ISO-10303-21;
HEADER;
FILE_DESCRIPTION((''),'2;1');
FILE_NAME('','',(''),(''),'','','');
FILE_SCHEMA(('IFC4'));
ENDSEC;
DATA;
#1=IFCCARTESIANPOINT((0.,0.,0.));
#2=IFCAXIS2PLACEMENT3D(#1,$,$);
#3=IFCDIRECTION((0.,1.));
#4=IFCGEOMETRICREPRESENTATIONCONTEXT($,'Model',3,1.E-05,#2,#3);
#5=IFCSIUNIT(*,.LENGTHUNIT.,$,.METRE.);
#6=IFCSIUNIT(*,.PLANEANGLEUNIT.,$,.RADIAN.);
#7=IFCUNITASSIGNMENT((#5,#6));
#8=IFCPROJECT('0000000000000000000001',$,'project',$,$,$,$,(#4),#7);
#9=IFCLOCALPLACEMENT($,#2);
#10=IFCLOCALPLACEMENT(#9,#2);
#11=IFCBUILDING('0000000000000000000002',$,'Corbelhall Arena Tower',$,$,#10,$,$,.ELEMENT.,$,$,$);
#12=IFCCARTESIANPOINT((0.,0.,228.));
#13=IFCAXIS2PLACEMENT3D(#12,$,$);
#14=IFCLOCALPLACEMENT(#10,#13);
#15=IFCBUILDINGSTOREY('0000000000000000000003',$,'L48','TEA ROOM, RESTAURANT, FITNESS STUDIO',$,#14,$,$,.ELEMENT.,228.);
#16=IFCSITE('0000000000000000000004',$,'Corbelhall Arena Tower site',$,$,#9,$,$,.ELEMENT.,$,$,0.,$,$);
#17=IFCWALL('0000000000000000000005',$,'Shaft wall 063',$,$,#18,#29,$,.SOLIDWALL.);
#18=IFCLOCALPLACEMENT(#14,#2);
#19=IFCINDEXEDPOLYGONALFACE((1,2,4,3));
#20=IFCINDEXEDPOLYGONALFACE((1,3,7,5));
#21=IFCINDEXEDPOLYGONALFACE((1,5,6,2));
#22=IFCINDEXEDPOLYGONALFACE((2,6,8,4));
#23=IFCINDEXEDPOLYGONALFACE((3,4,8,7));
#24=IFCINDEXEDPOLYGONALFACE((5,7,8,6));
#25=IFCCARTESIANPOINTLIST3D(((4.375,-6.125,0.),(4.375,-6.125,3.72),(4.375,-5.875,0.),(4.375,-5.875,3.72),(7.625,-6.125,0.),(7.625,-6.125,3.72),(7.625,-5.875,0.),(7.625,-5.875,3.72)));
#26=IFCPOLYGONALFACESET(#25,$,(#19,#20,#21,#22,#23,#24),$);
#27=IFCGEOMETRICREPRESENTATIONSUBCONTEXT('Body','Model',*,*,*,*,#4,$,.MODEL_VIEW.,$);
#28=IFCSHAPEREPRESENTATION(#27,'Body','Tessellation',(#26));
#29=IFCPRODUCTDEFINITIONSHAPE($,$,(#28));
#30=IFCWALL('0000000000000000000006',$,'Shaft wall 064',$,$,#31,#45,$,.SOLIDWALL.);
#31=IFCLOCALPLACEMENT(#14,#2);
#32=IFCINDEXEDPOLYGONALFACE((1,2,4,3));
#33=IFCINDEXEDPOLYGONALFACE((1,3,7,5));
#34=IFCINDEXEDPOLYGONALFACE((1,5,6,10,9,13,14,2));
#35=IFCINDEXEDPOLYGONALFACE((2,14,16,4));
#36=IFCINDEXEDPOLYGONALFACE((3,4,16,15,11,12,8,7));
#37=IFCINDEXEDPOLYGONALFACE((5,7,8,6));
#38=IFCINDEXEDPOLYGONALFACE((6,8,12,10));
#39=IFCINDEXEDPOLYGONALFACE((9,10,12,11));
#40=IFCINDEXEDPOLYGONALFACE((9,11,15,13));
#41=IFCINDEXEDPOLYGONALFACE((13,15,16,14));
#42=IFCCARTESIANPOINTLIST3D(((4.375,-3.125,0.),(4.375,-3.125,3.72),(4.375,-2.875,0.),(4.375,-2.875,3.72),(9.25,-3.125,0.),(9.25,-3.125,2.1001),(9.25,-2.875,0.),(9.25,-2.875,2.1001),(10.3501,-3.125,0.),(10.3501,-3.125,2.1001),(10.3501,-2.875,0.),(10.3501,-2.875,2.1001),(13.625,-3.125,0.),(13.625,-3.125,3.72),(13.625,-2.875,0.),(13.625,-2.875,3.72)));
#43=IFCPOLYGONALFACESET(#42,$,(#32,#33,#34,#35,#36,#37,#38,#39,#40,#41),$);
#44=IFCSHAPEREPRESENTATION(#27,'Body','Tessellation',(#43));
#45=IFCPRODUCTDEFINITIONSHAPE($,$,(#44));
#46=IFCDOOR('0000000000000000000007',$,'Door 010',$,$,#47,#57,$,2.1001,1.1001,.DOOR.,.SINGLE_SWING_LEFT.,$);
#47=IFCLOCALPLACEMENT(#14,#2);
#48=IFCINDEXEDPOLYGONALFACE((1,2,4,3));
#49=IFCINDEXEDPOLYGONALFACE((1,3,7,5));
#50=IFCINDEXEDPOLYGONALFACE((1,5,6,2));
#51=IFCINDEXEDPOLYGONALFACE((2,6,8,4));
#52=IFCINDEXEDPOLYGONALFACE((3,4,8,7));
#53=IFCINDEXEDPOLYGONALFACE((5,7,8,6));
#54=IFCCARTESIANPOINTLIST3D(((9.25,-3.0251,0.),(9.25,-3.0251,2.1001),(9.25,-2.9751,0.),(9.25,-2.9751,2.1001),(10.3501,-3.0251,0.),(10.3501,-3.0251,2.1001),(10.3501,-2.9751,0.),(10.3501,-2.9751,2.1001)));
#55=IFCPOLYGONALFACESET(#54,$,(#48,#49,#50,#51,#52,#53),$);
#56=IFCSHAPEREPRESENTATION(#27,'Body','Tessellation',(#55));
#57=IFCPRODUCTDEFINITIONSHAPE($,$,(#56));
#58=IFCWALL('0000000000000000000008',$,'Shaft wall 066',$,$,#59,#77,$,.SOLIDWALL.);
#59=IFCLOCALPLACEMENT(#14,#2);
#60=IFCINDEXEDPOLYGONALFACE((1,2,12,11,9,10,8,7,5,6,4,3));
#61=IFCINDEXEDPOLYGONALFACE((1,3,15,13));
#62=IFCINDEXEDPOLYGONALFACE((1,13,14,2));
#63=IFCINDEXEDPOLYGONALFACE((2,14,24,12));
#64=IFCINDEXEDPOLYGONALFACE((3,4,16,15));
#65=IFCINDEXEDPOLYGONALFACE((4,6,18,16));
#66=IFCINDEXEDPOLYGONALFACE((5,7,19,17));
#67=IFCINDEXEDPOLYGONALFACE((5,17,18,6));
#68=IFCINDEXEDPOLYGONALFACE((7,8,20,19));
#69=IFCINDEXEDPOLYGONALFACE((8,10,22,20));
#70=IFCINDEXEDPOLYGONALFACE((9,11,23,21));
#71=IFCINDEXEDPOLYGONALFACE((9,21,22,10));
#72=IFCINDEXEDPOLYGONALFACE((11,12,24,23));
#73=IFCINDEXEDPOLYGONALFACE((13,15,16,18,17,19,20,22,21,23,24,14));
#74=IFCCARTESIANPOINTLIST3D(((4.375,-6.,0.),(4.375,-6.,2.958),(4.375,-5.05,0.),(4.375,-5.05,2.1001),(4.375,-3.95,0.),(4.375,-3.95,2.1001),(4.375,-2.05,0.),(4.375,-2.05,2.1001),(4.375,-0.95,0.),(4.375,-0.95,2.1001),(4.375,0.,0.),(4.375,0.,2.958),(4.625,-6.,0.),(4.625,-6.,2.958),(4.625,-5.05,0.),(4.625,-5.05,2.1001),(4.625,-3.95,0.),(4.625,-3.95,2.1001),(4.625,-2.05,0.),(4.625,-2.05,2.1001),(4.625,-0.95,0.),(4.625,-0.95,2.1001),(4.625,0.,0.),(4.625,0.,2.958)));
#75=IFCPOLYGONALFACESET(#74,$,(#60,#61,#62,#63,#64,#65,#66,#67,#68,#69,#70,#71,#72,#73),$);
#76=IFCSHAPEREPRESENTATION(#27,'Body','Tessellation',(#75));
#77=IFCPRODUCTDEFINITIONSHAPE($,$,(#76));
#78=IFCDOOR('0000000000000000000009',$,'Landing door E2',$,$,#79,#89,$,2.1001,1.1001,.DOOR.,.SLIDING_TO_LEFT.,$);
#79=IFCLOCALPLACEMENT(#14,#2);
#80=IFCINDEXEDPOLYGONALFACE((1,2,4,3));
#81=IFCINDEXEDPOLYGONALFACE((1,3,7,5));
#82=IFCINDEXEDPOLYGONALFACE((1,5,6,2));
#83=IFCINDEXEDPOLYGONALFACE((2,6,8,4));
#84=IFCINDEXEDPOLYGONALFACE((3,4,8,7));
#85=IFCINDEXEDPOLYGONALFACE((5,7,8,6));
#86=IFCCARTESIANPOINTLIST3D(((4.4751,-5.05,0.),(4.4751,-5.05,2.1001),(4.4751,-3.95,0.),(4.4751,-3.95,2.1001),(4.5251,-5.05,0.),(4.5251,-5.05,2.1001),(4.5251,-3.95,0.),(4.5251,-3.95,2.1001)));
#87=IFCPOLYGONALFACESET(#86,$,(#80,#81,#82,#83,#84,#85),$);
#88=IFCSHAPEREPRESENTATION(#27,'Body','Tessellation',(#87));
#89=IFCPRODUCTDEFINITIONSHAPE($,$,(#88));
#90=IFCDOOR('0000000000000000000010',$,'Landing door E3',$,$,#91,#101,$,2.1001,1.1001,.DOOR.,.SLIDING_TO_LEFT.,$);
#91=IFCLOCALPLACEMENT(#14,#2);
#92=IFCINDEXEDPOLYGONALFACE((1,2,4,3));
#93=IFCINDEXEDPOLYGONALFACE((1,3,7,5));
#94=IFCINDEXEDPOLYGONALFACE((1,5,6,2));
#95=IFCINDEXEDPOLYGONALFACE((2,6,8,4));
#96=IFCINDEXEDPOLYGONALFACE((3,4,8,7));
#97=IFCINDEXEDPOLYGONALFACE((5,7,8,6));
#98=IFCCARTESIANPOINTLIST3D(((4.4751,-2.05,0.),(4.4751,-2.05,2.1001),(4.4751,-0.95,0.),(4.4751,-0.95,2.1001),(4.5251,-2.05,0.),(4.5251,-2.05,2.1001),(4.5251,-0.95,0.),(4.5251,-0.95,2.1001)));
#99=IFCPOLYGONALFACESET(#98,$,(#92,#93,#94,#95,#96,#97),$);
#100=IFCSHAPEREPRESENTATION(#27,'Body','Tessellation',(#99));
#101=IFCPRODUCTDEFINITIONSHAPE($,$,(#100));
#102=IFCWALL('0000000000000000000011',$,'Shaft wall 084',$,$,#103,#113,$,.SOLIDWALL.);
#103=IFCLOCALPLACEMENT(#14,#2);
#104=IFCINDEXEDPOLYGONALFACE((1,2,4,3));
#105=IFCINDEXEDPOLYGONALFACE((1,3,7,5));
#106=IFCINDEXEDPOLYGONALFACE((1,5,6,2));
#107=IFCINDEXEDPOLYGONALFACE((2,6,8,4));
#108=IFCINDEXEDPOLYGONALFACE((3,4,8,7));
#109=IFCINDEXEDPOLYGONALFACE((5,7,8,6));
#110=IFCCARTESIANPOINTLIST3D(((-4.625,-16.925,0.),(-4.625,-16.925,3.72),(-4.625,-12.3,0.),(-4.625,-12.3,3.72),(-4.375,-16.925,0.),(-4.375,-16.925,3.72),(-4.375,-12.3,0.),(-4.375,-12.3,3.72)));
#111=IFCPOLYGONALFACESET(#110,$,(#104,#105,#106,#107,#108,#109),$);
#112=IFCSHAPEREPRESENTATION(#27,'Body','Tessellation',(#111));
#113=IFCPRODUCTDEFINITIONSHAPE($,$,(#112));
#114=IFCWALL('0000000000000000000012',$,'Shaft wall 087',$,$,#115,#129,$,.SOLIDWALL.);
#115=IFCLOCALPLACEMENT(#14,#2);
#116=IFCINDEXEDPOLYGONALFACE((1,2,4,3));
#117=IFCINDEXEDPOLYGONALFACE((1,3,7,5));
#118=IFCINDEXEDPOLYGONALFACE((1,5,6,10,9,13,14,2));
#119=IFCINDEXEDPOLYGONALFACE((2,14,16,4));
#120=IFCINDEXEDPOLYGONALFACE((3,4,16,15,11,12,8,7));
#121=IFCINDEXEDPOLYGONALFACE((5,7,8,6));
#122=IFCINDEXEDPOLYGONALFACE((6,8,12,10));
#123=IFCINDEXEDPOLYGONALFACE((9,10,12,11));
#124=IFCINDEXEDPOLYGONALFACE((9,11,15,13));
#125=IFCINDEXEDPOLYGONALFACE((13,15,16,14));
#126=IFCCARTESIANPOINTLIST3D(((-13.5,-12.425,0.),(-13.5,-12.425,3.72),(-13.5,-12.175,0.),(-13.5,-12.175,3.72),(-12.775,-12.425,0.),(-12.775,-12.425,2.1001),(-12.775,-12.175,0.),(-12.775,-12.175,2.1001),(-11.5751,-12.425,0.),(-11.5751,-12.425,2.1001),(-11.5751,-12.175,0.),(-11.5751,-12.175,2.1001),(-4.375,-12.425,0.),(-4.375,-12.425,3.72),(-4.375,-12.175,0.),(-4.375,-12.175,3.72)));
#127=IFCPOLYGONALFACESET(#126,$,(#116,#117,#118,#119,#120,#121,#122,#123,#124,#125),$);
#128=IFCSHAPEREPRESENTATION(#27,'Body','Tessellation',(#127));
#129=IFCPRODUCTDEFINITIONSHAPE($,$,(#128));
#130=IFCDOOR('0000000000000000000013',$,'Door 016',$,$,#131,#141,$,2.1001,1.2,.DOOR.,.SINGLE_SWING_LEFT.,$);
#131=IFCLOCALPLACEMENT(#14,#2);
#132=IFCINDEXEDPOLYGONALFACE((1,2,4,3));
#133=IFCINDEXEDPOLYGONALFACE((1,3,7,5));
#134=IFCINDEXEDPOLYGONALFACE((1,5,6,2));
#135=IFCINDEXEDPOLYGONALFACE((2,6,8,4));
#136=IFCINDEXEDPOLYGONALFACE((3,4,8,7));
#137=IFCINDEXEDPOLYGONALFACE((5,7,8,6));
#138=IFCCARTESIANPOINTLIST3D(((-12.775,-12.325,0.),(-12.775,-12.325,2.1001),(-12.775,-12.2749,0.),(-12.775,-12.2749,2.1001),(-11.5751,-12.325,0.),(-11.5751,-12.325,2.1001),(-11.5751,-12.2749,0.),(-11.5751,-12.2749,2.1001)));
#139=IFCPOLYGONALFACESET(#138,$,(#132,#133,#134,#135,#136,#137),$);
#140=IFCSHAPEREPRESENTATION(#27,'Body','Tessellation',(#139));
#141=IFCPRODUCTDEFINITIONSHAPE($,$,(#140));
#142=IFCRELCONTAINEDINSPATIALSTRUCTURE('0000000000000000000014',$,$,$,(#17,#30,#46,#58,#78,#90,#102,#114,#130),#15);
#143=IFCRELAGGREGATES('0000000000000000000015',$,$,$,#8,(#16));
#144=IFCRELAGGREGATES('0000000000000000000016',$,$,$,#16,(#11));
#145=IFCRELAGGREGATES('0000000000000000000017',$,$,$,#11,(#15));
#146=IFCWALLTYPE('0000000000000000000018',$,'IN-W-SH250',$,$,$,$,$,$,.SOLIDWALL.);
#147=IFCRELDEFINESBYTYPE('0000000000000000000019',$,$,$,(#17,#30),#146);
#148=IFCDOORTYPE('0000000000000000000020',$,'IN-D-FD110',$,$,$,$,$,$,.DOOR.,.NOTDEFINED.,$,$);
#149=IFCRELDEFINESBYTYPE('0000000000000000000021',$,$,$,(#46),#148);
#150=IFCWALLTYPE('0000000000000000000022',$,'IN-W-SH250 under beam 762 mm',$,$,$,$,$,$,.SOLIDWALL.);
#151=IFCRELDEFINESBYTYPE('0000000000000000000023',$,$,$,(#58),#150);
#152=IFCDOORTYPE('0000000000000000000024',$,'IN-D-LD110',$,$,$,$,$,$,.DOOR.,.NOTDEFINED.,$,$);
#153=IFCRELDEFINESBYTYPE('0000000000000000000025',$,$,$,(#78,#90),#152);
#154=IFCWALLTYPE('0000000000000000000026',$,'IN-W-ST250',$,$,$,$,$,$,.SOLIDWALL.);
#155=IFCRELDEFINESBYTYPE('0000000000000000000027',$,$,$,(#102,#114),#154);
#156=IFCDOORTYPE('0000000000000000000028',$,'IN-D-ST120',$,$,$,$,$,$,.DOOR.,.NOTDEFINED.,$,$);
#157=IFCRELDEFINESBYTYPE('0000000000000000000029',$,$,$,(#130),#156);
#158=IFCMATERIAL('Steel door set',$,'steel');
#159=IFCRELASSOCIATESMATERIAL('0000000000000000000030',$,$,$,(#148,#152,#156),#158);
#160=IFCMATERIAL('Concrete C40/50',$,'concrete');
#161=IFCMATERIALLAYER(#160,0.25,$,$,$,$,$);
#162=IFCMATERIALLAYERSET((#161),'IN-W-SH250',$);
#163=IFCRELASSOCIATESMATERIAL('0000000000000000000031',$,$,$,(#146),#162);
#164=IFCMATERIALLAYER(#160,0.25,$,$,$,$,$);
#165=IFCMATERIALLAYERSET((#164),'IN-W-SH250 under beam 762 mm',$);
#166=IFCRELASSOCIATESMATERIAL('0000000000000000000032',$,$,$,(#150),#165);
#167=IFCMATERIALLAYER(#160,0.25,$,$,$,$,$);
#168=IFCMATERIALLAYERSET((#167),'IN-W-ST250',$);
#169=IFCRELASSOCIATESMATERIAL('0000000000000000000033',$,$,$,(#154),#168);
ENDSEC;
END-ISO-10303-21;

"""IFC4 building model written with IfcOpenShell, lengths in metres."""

from ifc_helpers import new_model, si_unit, direction, frame, frame_2d, origin, place, context, subcontext, project, spatial, rectangle, extrude, material, layer, layer_set, type_object, element, fill, save


model = new_model("IFC4")

# Units and contexts
model_context = context("Model", 3, precision=1e-05, world=origin(), true_north=direction((0.0, 1.0)))
body_context = subcontext(model_context, "Body", "Model", "MODEL_VIEW")
ifc_project = project(units=[si_unit("LENGTHUNIT", "METRE"), si_unit("PLANEANGLEUNIT", "RADIAN")], contexts=[model_context])

# Site, building, storey
site_placement = place(None, origin())
site = spatial("IfcSite", under=ifc_project, at=site_placement, Name="Corbelhall Arena Tower site", CompositionType="ELEMENT", RefElevation=0.0)
building_placement = place(site_placement, origin())
building = spatial("IfcBuilding", under=site, at=building_placement, Name="Corbelhall Arena Tower", CompositionType="ELEMENT")
storey_placement = place(building_placement, frame((0.0, 0.0, 228.0)))
storey = spatial("IfcBuildingStorey", under=building, at=storey_placement, Name="L48", Description="TEA ROOM, RESTAURANT, FITNESS STUDIO", CompositionType="ELEMENT", Elevation=228.0)

# Shared definitions
ifc_material_1 = material(Name="Concrete C40/50", Category="concrete")

# Shared definitions
ifc_material_2 = material(Name="Steel door set", Category="steel")
door_type_1 = type_object("IfcDoorType", Name="IN-D-FD110", OperationType="NOTDEFINED", PredefinedType="DOOR", material=ifc_material_2)

# Wall
ifc_layer_1 = layer(ifc_material_1, 0.25)
ifc_layer_set_1 = layer_set([ifc_layer_1], Name="IN-W-SH250")
wall_type_1 = type_object("IfcWallType", Name="IN-W-SH250", PredefinedType="SOLIDWALL", material=ifc_layer_set_1)
wall_1_placement = place(storey_placement, frame((4.375, -6.0, 0.0), z_axis=(0.0, 0.0, 1.0), x_axis=(1.0, 0.0, 0.0)))
element("IfcWall", 1, at=wall_1_placement, inside=storey, type_object=wall_type_1, Name="Shaft wall 063", PredefinedType="SOLIDWALL", context=body_context, shape_type="SweptSolid", body=[
    extrude(rectangle(XDim=3.25, YDim=0.25, at=frame_2d((1.625, 0.0))), origin(), (0.0, 0.0, 1.0), 3.72),
])

# Wall, opening, door
wall_2_placement = place(storey_placement, frame((4.375, -3.0, 0.0), z_axis=(0.0, 0.0, 1.0), x_axis=(1.0, 0.0, 0.0)))
wall_2 = element("IfcWall", 2, at=wall_2_placement, inside=storey, type_object=wall_type_1, Name="Shaft wall 064", PredefinedType="SOLIDWALL", context=body_context, shape_type="SweptSolid", body=[
    extrude(rectangle(XDim=9.25, YDim=0.25, at=frame_2d((4.625, 0.0))), origin(), (0.0, 0.0, 1.0), 3.72),
])
opening_1_placement = place(wall_2_placement, frame((4.875, 0.0, 0.0)))
opening_1 = element("IfcOpeningElement", 3, at=opening_1_placement, cuts=wall_2, PredefinedType="OPENING", context=body_context, shape_type="SweptSolid", body=[
    extrude(rectangle(XDim=1.1001, YDim=2.1001, at=frame_2d((0.55, 1.05))), frame((0.0, 0.125, 0.0), z_axis=(0.0, -1.0, 0.0), x_axis=(1.0, 0.0, 0.0)), (0.0, 0.0, 1.0), 0.25),
])
door_1_placement = place(opening_1_placement, origin())
door_1 = element("IfcDoor", 4, at=door_1_placement, inside=storey, type_object=door_type_1, Name="Door 010", OperationType="SINGLE_SWING_LEFT", OverallHeight=2.1001, OverallWidth=1.1001, PredefinedType="DOOR", context=body_context, shape_type="SweptSolid", body=[
    extrude(rectangle(XDim=1.1001, YDim=2.1001, at=frame_2d((0.55, 1.05))), frame((0.0, 0.0249, 0.0), z_axis=(0.0, -1.0, 0.0), x_axis=(1.0, 0.0, 0.0)), (0.0, 0.0, 1.0), 0.05),
])
fill(opening_1, door_1)

# Wall, openings, doors
ifc_layer_2 = layer(ifc_material_1, 0.25)
ifc_layer_set_2 = layer_set([ifc_layer_2], Name="IN-W-SH250 under beam 762 mm")
wall_type_2 = type_object("IfcWallType", Name="IN-W-SH250 under beam 762 mm", PredefinedType="SOLIDWALL", material=ifc_layer_set_2)
wall_3_placement = place(storey_placement, frame((4.5, -6.0, 0.0), z_axis=(0.0, 0.0, 1.0), x_axis=(0.0, 1.0, 0.0)))
wall_3 = element("IfcWall", 5, at=wall_3_placement, inside=storey, type_object=wall_type_2, Name="Shaft wall 066", PredefinedType="SOLIDWALL", context=body_context, shape_type="SweptSolid", body=[
    extrude(rectangle(XDim=6.0, YDim=0.25, at=frame_2d((3.0, 0.0))), origin(), (0.0, 0.0, 1.0), 2.958),
])
opening_2_placement = place(wall_3_placement, frame((0.95, 0.0, 0.0)))
opening_2 = element("IfcOpeningElement", 6, at=opening_2_placement, cuts=wall_3, PredefinedType="OPENING", context=body_context, shape_type="SweptSolid", body=[
    extrude(rectangle(XDim=1.1001, YDim=2.1001, at=frame_2d((0.55, 1.05))), frame((0.0, 0.125, 0.0), z_axis=(0.0, -1.0, 0.0), x_axis=(1.0, 0.0, 0.0)), (0.0, 0.0, 1.0), 0.25),
])
opening_3_placement = place(wall_3_placement, frame((3.95, 0.0, 0.0)))
opening_3 = element("IfcOpeningElement", 7, at=opening_3_placement, cuts=wall_3, PredefinedType="OPENING", context=body_context, shape_type="SweptSolid", body=[
    extrude(rectangle(XDim=1.1001, YDim=2.1001, at=frame_2d((0.55, 1.05))), frame((0.0, 0.125, 0.0), z_axis=(0.0, -1.0, 0.0), x_axis=(1.0, 0.0, 0.0)), (0.0, 0.0, 1.0), 0.25),
])
door_type_2 = type_object("IfcDoorType", Name="IN-D-LD110", OperationType="NOTDEFINED", PredefinedType="DOOR", material=ifc_material_2)
door_2_placement = place(opening_2_placement, origin())
door_2 = element("IfcDoor", 8, at=door_2_placement, inside=storey, type_object=door_type_2, Name="Landing door E2", OperationType="SLIDING_TO_LEFT", OverallHeight=2.1001, OverallWidth=1.1001, PredefinedType="DOOR", context=body_context, shape_type="SweptSolid", body=[
    extrude(rectangle(XDim=1.1001, YDim=2.1001, at=frame_2d((0.55, 1.05))), frame((0.0, 0.0249, 0.0), z_axis=(0.0, -1.0, 0.0), x_axis=(1.0, 0.0, 0.0)), (0.0, 0.0, 1.0), 0.05),
])
fill(opening_2, door_2)
door_3_placement = place(opening_3_placement, origin())
door_3 = element("IfcDoor", 9, at=door_3_placement, inside=storey, type_object=door_type_2, Name="Landing door E3", OperationType="SLIDING_TO_LEFT", OverallHeight=2.1001, OverallWidth=1.1001, PredefinedType="DOOR", context=body_context, shape_type="SweptSolid", body=[
    extrude(rectangle(XDim=1.1001, YDim=2.1001, at=frame_2d((0.55, 1.05))), frame((0.0, 0.0249, 0.0), z_axis=(0.0, -1.0, 0.0), x_axis=(1.0, 0.0, 0.0)), (0.0, 0.0, 1.0), 0.05),
])
fill(opening_3, door_3)

# Wall
ifc_layer_3 = layer(ifc_material_1, 0.25)
ifc_layer_set_3 = layer_set([ifc_layer_3], Name="IN-W-ST250")
wall_type_3 = type_object("IfcWallType", Name="IN-W-ST250", PredefinedType="SOLIDWALL", material=ifc_layer_set_3)
wall_4_placement = place(storey_placement, frame((-4.5, -12.3, 0.0), z_axis=(0.0, 0.0, 1.0), x_axis=(0.0, -1.0, 0.0)))
element("IfcWall", 10, at=wall_4_placement, inside=storey, type_object=wall_type_3, Name="Shaft wall 084", PredefinedType="SOLIDWALL", context=body_context, shape_type="SweptSolid", body=[
    extrude(rectangle(XDim=4.625, YDim=0.25, at=frame_2d((2.3125, 0.0))), origin(), (0.0, 0.0, 1.0), 3.72),
])

# Wall, opening, door
wall_5_placement = place(storey_placement, frame((-4.375, -12.3, 0.0), z_axis=(0.0, 0.0, 1.0), x_axis=(-1.0, 0.0, 0.0)))
wall_5 = element("IfcWall", 11, at=wall_5_placement, inside=storey, type_object=wall_type_3, Name="Shaft wall 087", PredefinedType="SOLIDWALL", context=body_context, shape_type="SweptSolid", body=[
    extrude(rectangle(XDim=9.125, YDim=0.25, at=frame_2d((4.5625, 0.0))), origin(), (0.0, 0.0, 1.0), 3.72),
])
opening_4_placement = place(wall_5_placement, frame((7.2, 0.0, 0.0)))
opening_4 = element("IfcOpeningElement", 12, at=opening_4_placement, cuts=wall_5, PredefinedType="OPENING", context=body_context, shape_type="SweptSolid", body=[
    extrude(rectangle(XDim=1.2, YDim=2.1001, at=frame_2d((0.6001, 1.05))), frame((0.0, 0.125, 0.0), z_axis=(0.0, -1.0, 0.0), x_axis=(1.0, 0.0, 0.0)), (0.0, 0.0, 1.0), 0.25),
])
door_type_3 = type_object("IfcDoorType", Name="IN-D-ST120", OperationType="NOTDEFINED", PredefinedType="DOOR", material=ifc_material_2)
door_4_placement = place(opening_4_placement, origin())
door_4 = element("IfcDoor", 13, at=door_4_placement, inside=storey, type_object=door_type_3, Name="Door 016", OperationType="SINGLE_SWING_LEFT", OverallHeight=2.1001, OverallWidth=1.2, PredefinedType="DOOR", context=body_context, shape_type="SweptSolid", body=[
    extrude(rectangle(XDim=1.2, YDim=2.1001, at=frame_2d((0.6001, 1.05))), frame((0.0, 0.0249, 0.0), z_axis=(0.0, -1.0, 0.0), x_axis=(1.0, 0.0, 0.0)), (0.0, 0.0, 1.0), 0.05),
])
fill(opening_4, door_4)

save(model, "model.ifc")
